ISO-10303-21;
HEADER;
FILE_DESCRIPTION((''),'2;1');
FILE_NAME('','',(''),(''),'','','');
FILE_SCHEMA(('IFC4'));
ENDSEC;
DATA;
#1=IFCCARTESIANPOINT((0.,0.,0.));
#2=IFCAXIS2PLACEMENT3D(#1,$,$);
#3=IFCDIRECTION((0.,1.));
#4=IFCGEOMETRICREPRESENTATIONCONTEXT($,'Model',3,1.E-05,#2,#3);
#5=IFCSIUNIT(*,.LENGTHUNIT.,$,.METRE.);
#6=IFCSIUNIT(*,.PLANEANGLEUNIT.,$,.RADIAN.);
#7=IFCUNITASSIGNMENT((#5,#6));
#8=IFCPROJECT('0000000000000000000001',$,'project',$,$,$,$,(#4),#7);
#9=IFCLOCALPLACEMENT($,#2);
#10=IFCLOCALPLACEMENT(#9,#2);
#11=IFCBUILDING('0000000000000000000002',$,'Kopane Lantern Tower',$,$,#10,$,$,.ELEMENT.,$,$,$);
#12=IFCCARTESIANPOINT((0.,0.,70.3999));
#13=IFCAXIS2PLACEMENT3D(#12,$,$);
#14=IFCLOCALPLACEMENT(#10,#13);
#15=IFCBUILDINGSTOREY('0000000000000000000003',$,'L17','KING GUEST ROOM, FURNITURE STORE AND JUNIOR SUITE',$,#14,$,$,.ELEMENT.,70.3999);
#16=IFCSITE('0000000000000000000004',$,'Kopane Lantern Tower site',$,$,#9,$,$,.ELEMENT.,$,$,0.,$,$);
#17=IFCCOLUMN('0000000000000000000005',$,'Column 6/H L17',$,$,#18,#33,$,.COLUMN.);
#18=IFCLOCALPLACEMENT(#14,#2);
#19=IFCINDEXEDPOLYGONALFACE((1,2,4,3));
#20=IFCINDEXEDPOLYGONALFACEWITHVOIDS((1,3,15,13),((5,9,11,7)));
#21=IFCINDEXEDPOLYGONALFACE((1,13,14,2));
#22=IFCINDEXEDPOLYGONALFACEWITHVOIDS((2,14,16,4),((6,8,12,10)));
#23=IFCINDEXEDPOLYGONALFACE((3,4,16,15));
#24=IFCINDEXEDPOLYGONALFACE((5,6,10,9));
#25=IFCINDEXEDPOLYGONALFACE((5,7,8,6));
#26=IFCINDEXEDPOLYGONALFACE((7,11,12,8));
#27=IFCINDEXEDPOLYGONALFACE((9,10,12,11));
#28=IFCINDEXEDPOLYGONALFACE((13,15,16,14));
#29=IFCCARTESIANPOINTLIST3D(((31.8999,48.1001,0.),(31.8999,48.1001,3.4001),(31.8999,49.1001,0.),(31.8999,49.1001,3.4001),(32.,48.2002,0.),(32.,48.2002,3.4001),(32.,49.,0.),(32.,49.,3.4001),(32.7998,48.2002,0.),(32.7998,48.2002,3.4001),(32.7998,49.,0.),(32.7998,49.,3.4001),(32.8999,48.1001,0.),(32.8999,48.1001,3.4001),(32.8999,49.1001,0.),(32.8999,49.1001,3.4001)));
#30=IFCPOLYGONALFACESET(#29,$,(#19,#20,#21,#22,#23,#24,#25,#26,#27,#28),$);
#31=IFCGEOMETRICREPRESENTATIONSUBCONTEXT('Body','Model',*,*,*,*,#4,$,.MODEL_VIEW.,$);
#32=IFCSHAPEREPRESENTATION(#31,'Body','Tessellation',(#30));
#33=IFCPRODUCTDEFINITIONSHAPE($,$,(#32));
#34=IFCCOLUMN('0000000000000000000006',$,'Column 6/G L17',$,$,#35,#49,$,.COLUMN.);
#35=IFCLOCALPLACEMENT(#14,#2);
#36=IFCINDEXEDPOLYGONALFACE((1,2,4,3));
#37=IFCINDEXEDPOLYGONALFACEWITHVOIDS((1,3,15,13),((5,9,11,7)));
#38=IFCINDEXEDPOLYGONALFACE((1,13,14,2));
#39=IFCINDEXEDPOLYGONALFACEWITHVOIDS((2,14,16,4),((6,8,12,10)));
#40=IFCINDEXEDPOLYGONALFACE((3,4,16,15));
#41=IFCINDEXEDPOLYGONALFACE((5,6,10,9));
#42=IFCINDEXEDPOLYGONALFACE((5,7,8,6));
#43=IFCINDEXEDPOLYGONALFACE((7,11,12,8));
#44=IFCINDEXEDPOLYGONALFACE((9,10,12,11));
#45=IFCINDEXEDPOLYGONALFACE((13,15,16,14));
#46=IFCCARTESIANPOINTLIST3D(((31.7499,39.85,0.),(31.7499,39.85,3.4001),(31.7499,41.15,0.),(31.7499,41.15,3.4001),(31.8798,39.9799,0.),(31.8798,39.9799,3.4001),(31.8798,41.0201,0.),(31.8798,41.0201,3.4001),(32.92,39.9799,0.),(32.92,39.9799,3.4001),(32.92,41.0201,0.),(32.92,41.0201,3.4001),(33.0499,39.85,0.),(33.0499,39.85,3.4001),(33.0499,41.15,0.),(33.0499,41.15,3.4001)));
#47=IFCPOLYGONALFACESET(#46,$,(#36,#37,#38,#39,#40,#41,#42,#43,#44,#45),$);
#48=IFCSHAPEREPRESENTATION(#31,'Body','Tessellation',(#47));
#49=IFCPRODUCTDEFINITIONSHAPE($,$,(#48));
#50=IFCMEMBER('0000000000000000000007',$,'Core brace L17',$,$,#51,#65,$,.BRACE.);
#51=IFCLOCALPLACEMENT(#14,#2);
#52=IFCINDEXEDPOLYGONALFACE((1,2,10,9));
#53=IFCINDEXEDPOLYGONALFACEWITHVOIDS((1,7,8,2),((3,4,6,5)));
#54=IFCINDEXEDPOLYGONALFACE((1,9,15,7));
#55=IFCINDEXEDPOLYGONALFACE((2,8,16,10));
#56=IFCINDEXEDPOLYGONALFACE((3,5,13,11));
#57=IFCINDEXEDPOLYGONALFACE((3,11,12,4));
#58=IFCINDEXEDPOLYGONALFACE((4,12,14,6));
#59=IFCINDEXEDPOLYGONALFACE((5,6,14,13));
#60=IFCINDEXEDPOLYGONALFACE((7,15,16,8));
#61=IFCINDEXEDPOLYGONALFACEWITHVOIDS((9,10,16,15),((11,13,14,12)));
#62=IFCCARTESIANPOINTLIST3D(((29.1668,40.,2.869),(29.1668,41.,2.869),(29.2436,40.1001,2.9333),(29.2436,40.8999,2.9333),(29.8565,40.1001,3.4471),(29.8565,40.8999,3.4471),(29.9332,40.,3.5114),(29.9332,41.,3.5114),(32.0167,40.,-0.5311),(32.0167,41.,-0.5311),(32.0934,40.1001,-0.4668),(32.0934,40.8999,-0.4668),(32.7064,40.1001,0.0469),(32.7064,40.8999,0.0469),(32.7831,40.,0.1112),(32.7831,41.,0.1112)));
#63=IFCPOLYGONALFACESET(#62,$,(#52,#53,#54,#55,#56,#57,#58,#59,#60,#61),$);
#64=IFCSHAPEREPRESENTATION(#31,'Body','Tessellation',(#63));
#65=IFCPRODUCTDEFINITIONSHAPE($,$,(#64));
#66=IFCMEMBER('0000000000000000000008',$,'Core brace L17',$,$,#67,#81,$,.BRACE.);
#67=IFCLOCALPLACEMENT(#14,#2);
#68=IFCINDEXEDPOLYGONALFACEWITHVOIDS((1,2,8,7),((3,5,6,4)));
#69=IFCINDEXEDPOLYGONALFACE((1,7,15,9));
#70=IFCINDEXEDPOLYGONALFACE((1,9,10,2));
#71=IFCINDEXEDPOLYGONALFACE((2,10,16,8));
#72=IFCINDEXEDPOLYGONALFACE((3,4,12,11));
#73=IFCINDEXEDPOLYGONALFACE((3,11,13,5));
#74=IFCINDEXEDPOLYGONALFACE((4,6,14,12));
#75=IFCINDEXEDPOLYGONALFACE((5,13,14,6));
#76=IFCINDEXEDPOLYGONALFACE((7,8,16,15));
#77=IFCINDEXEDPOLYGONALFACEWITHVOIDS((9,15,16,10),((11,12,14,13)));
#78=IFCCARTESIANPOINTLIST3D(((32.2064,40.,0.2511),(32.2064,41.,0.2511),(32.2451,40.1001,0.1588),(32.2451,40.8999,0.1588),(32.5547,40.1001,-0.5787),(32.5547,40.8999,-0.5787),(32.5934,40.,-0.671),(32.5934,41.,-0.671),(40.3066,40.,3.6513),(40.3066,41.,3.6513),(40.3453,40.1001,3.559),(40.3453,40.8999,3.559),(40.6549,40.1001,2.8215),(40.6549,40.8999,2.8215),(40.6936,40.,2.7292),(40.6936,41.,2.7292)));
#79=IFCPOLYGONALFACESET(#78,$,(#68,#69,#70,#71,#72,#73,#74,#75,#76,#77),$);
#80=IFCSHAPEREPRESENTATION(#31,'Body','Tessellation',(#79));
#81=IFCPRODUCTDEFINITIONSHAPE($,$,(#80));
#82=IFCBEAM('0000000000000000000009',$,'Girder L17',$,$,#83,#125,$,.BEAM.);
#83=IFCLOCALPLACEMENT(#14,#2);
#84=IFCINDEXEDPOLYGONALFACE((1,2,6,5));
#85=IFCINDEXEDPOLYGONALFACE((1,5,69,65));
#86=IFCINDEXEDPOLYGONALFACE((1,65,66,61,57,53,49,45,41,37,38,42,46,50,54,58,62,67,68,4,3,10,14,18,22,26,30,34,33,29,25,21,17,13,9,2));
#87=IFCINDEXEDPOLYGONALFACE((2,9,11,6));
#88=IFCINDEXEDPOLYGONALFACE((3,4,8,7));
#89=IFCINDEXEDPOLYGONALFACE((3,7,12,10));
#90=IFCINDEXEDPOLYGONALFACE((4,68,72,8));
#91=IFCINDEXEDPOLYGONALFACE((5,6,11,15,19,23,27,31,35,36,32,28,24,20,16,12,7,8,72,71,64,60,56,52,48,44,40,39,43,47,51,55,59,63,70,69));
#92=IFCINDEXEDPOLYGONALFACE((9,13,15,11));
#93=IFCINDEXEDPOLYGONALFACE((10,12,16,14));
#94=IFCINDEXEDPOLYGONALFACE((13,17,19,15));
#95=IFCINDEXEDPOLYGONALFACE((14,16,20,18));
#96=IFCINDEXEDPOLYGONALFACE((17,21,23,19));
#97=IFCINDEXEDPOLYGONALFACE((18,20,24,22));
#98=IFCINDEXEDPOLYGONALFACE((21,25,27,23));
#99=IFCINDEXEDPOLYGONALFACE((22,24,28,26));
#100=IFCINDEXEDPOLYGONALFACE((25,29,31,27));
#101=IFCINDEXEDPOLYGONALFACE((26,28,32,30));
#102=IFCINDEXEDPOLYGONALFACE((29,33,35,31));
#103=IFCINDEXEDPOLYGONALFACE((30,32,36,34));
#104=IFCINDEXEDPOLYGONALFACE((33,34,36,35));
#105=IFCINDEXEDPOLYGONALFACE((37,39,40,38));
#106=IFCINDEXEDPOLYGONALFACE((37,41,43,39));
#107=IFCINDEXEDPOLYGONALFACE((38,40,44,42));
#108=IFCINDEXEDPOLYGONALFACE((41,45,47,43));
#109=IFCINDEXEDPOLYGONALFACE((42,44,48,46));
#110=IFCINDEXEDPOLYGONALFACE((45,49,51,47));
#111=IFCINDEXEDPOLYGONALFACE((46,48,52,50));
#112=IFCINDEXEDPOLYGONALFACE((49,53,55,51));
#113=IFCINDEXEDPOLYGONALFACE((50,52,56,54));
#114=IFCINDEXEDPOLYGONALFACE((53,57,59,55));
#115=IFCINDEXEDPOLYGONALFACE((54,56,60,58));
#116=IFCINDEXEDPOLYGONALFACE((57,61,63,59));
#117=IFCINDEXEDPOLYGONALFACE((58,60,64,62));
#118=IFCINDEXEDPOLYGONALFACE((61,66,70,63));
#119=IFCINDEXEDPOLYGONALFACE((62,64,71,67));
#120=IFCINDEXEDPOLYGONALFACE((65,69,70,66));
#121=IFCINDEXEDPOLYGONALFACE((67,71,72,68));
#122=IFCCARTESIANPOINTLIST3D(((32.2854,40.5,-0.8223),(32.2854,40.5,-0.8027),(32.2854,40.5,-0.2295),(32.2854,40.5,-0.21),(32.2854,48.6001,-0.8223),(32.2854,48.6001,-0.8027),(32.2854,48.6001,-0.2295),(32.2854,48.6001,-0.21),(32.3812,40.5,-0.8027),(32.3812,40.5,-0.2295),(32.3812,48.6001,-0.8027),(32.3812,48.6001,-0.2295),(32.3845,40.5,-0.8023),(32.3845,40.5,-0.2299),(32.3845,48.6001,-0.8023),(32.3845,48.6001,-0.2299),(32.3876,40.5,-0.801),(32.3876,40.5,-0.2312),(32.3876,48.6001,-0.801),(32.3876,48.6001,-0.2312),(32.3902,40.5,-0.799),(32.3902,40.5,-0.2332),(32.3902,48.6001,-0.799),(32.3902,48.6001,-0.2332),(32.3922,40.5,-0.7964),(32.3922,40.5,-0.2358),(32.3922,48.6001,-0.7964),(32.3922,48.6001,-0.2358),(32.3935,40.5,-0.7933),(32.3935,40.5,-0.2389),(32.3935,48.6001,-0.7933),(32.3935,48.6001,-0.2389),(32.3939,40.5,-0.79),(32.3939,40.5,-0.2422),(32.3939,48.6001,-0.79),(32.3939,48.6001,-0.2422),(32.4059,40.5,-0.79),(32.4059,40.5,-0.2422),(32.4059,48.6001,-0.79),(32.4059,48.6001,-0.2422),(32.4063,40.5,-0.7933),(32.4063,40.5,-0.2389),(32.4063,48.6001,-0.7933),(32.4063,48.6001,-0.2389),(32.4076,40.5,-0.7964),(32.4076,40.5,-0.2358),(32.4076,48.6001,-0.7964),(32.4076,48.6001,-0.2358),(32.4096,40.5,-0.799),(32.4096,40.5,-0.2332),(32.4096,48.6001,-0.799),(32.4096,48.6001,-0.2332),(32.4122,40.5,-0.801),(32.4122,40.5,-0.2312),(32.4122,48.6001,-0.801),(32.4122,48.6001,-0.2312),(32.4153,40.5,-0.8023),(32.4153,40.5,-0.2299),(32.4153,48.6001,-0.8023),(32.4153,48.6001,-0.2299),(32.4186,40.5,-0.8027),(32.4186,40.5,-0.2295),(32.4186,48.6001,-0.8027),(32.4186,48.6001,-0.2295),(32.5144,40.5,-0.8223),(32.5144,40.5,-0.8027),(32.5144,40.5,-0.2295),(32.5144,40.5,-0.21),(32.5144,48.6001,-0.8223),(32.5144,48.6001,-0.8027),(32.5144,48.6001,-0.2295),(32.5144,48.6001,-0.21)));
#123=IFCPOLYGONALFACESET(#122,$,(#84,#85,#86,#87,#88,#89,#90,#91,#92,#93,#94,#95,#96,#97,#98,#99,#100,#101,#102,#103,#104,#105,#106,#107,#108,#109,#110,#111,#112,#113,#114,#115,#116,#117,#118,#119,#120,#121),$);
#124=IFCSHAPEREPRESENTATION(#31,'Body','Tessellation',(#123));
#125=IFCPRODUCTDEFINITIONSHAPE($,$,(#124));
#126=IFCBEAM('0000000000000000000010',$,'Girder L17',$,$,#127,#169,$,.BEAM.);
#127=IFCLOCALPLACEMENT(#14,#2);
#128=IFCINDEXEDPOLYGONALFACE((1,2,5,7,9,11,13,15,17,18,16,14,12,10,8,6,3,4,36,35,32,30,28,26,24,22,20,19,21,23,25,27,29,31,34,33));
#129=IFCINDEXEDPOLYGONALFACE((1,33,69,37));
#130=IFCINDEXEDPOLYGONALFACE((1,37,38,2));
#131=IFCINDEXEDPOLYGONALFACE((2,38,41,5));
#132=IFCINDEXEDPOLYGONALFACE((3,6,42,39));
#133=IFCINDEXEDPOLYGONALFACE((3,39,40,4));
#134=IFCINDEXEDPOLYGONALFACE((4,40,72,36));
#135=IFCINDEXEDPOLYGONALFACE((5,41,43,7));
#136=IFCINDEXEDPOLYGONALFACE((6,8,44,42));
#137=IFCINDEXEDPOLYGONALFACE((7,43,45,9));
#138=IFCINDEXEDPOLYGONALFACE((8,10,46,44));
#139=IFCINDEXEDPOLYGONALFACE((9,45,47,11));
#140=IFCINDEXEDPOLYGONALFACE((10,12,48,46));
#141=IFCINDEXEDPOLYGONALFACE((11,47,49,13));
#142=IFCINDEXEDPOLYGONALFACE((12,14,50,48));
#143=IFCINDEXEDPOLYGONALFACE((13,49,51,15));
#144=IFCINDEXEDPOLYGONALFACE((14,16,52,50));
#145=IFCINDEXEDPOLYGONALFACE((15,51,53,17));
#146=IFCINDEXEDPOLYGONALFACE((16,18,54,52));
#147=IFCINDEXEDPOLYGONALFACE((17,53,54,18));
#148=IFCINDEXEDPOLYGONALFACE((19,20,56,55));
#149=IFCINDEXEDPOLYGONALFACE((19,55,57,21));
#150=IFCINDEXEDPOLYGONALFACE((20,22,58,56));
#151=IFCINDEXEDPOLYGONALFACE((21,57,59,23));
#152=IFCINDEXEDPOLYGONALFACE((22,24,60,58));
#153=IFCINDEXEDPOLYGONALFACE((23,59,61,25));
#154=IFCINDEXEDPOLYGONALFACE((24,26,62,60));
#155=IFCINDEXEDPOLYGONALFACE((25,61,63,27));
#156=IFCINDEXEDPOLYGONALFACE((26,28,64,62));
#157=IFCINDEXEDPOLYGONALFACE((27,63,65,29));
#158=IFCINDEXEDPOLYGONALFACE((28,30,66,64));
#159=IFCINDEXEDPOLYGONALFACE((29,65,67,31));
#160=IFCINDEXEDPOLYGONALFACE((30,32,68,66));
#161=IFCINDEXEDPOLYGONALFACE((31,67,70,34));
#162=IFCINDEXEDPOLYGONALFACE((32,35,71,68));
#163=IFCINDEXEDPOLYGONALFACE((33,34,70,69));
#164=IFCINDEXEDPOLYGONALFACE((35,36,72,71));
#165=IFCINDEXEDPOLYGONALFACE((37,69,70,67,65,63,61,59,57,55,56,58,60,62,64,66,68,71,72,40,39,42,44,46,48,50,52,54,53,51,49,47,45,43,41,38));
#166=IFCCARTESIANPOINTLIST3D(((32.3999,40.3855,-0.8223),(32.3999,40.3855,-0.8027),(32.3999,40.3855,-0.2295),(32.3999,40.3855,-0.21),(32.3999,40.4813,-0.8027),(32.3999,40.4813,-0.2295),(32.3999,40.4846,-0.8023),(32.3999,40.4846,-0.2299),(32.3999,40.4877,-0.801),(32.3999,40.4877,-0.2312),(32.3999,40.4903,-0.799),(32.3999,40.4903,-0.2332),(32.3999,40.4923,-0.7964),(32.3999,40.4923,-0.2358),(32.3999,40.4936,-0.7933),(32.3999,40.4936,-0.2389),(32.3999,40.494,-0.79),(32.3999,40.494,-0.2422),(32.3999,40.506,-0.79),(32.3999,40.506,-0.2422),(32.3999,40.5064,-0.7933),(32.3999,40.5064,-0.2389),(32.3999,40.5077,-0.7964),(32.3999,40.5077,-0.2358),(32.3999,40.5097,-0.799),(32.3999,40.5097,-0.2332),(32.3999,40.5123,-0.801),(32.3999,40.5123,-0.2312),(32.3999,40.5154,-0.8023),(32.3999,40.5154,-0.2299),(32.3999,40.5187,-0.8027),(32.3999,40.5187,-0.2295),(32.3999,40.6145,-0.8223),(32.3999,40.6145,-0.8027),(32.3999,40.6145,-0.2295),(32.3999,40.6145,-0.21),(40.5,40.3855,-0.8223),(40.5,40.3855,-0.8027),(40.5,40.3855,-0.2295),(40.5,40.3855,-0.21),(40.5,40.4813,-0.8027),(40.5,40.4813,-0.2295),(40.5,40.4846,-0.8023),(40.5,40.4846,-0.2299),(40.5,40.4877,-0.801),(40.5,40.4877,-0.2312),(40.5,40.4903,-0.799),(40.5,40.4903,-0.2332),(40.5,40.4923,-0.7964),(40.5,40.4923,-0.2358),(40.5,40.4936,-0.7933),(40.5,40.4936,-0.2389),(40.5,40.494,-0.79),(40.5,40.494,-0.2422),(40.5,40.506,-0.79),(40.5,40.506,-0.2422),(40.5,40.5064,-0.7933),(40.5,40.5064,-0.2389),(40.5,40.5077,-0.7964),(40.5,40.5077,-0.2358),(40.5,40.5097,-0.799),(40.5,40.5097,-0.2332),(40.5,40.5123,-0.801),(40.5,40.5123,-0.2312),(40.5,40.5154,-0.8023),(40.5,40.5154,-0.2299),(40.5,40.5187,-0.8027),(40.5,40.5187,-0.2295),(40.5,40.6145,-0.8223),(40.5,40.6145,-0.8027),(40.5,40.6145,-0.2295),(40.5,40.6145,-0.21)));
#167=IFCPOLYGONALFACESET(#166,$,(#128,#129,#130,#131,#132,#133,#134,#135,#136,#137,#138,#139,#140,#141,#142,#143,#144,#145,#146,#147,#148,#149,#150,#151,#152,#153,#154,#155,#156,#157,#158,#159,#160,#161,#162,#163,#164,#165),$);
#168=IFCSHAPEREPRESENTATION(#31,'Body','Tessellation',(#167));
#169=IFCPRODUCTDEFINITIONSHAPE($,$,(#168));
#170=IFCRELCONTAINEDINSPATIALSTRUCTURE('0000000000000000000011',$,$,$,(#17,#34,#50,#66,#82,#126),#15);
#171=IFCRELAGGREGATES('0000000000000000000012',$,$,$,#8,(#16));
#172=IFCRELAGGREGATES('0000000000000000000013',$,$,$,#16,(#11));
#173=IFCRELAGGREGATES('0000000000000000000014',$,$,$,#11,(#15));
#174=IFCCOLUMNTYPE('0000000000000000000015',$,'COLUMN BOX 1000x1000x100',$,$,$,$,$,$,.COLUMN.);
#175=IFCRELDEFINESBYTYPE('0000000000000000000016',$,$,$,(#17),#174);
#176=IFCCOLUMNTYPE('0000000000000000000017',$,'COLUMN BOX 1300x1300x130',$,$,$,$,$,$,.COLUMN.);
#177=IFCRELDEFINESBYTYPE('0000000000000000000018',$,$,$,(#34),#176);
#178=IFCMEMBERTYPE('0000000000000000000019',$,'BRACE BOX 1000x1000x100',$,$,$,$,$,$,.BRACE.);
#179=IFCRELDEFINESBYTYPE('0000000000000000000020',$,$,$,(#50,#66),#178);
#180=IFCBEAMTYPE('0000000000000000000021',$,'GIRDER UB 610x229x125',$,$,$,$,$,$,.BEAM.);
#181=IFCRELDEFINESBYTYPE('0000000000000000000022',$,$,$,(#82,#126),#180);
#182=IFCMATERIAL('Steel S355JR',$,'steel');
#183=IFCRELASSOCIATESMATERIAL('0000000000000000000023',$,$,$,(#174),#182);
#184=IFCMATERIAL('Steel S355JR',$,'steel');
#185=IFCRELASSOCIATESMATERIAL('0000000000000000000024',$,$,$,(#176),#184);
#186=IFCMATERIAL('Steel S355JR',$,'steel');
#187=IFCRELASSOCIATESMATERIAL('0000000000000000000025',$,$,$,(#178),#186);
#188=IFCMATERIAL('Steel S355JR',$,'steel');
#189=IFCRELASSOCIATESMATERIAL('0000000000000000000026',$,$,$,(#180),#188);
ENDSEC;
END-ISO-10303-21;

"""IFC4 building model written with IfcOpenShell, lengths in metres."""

from ifc_helpers import new_model, si_unit, direction, frame, origin, origin_2d, place, context, subcontext, project, spatial, hollow_rectangle, i_section, extrude, material, material_profile, profile_set, type_object, element, save


model = new_model("IFC4")

# Units and contexts
model_context = context("Model", 3, precision=1e-05, world=origin(), true_north=direction((0.0, 1.0)))
body_context = subcontext(model_context, "Body", "Model", "MODEL_VIEW")
ifc_project = project(units=[si_unit("LENGTHUNIT", "METRE"), si_unit("PLANEANGLEUNIT", "RADIAN")], contexts=[model_context])

# Site, building, storey
site_placement = place(None, origin())
site = spatial("IfcSite", under=ifc_project, at=site_placement, Name="Kopane Lantern Tower site", CompositionType="ELEMENT", RefElevation=0.0)
building_placement = place(site_placement, origin())
building = spatial("IfcBuilding", under=site, at=building_placement, Name="Kopane Lantern Tower", CompositionType="ELEMENT")
storey_placement = place(building_placement, frame((0.0, 0.0, 70.3999)))
storey = spatial("IfcBuildingStorey", under=building, at=storey_placement, Name="L17", Description="KING GUEST ROOM, FURNITURE STORE AND JUNIOR SUITE", CompositionType="ELEMENT", Elevation=70.3999)

# Columns
ifc_material_1 = material(Name="Steel S355JR", Category="steel")
ifc_material_profile_1 = material_profile(ifc_material_1, hollow_rectangle(XDim=1.0, YDim=1.0, WallThickness=0.1001, at=origin_2d()), Name="BOX 1000x1000x100")
ifc_profile_set_1 = profile_set([ifc_material_profile_1], Name="Steel S355JR")
column_type_1 = type_object("IfcColumnType", Name="COLUMN BOX 1000x1000x100", PredefinedType="COLUMN", material=ifc_profile_set_1)
column_1_placement = place(storey_placement, frame((32.3999, 48.6001, 0.0), z_axis=(0.0, 0.0, 1.0), x_axis=(1.0, 0.0, 0.0)))
element("IfcColumn", 1, at=column_1_placement, inside=storey, type_object=column_type_1, Name="Column 6/H L17", PredefinedType="COLUMN", context=body_context, shape_type="SweptSolid", body=[
    extrude(hollow_rectangle(XDim=1.0, YDim=1.0, WallThickness=0.1001, at=origin_2d()), origin(), (0.0, 0.0, 1.0), 3.4001),
])
ifc_material_2 = material(Name="Steel S355JR", Category="steel")
ifc_material_profile_2 = material_profile(ifc_material_2, hollow_rectangle(XDim=1.3, YDim=1.3, WallThickness=0.1299, at=origin_2d()), Name="BOX 1300x1300x130")
ifc_profile_set_2 = profile_set([ifc_material_profile_2], Name="Steel S355JR")
column_type_2 = type_object("IfcColumnType", Name="COLUMN BOX 1300x1300x130", PredefinedType="COLUMN", material=ifc_profile_set_2)
column_2_placement = place(storey_placement, frame((32.3999, 40.5, 0.0), z_axis=(0.0, 0.0, 1.0), x_axis=(1.0, 0.0, 0.0)))
element("IfcColumn", 2, at=column_2_placement, inside=storey, type_object=column_type_2, Name="Column 6/G L17", PredefinedType="COLUMN", context=body_context, shape_type="SweptSolid", body=[
    extrude(hollow_rectangle(XDim=1.3, YDim=1.3, WallThickness=0.1299, at=origin_2d()), origin(), (0.0, 0.0, 1.0), 3.4001),
])

# Members
ifc_material_3 = material(Name="Steel S355JR", Category="steel")
ifc_material_profile_3 = material_profile(ifc_material_3, hollow_rectangle(XDim=1.0, YDim=1.0, WallThickness=0.1001, at=origin_2d()), Name="BOX 1000x1000x100")
ifc_profile_set_3 = profile_set([ifc_material_profile_3], Name="Steel S355JR")
member_type = type_object("IfcMemberType", Name="BRACE BOX 1000x1000x100", PredefinedType="BRACE", material=ifc_profile_set_3)
member_1_placement = place(storey_placement, frame((32.3999, 40.5, -0.21), z_axis=(-0.642363, 0.0, 0.7664), x_axis=(0.0, -1.0, 0.0)))
element("IfcMember", 3, at=member_1_placement, inside=storey, type_object=member_type, Name="Core brace L17", PredefinedType="BRACE", context=body_context, shape_type="SweptSolid", body=[
    extrude(hollow_rectangle(XDim=1.0, YDim=1.0, WallThickness=0.1001, at=origin_2d()), origin(), (0.0, 0.0, 1.0), 4.4365),
])
member_2_placement = place(storey_placement, frame((32.3999, 40.5, -0.21), z_axis=(0.922059, 0.0, 0.387049), x_axis=(0.0, 1.0, 0.0)))
element("IfcMember", 4, at=member_2_placement, inside=storey, type_object=member_type, Name="Core brace L17", PredefinedType="BRACE", context=body_context, shape_type="SweptSolid", body=[
    extrude(hollow_rectangle(XDim=1.0, YDim=1.0, WallThickness=0.1001, at=origin_2d()), origin(), (0.0, 0.0, 1.0), 8.7849),
])

# Beams
ifc_material_4 = material(Name="Steel S355JR", Category="steel")
ifc_material_profile_4 = material_profile(ifc_material_4, i_section(OverallWidth=0.229, OverallDepth=0.6123, WebThickness=0.012, FlangeThickness=0.0195, FilletRadius=0.0127, at=origin_2d()), Name="UB 610x229x125")
ifc_profile_set_4 = profile_set([ifc_material_profile_4], Name="Steel S355JR")
beam_type = type_object("IfcBeamType", Name="GIRDER UB 610x229x125", PredefinedType="BEAM", material=ifc_profile_set_4)
for number, where, z_axis, x_axis, name in (
    (5, (32.3999, 40.5, -0.5161), (0.0, 1.0, 0.0), (-1.0, 0.0, 0.0), "Girder L17"),
    (6, (32.3999, 40.5, -0.5161), (1.0, 0.0, 0.0), (0.0, 1.0, 0.0), "Girder L17"),
):
    element("IfcBeam", number, at=place(storey_placement, frame(where, z_axis=z_axis, x_axis=x_axis)), inside=storey, type_object=beam_type, Name=name, PredefinedType="BEAM", context=body_context, shape_type="SweptSolid", body=[
        extrude(i_section(OverallWidth=0.229, OverallDepth=0.6123, WebThickness=0.012, FlangeThickness=0.0195, FilletRadius=0.0127, at=origin_2d()), origin(), (0.0, 0.0, 1.0), 8.1001),
    ])

save(model, "model.ifc")
